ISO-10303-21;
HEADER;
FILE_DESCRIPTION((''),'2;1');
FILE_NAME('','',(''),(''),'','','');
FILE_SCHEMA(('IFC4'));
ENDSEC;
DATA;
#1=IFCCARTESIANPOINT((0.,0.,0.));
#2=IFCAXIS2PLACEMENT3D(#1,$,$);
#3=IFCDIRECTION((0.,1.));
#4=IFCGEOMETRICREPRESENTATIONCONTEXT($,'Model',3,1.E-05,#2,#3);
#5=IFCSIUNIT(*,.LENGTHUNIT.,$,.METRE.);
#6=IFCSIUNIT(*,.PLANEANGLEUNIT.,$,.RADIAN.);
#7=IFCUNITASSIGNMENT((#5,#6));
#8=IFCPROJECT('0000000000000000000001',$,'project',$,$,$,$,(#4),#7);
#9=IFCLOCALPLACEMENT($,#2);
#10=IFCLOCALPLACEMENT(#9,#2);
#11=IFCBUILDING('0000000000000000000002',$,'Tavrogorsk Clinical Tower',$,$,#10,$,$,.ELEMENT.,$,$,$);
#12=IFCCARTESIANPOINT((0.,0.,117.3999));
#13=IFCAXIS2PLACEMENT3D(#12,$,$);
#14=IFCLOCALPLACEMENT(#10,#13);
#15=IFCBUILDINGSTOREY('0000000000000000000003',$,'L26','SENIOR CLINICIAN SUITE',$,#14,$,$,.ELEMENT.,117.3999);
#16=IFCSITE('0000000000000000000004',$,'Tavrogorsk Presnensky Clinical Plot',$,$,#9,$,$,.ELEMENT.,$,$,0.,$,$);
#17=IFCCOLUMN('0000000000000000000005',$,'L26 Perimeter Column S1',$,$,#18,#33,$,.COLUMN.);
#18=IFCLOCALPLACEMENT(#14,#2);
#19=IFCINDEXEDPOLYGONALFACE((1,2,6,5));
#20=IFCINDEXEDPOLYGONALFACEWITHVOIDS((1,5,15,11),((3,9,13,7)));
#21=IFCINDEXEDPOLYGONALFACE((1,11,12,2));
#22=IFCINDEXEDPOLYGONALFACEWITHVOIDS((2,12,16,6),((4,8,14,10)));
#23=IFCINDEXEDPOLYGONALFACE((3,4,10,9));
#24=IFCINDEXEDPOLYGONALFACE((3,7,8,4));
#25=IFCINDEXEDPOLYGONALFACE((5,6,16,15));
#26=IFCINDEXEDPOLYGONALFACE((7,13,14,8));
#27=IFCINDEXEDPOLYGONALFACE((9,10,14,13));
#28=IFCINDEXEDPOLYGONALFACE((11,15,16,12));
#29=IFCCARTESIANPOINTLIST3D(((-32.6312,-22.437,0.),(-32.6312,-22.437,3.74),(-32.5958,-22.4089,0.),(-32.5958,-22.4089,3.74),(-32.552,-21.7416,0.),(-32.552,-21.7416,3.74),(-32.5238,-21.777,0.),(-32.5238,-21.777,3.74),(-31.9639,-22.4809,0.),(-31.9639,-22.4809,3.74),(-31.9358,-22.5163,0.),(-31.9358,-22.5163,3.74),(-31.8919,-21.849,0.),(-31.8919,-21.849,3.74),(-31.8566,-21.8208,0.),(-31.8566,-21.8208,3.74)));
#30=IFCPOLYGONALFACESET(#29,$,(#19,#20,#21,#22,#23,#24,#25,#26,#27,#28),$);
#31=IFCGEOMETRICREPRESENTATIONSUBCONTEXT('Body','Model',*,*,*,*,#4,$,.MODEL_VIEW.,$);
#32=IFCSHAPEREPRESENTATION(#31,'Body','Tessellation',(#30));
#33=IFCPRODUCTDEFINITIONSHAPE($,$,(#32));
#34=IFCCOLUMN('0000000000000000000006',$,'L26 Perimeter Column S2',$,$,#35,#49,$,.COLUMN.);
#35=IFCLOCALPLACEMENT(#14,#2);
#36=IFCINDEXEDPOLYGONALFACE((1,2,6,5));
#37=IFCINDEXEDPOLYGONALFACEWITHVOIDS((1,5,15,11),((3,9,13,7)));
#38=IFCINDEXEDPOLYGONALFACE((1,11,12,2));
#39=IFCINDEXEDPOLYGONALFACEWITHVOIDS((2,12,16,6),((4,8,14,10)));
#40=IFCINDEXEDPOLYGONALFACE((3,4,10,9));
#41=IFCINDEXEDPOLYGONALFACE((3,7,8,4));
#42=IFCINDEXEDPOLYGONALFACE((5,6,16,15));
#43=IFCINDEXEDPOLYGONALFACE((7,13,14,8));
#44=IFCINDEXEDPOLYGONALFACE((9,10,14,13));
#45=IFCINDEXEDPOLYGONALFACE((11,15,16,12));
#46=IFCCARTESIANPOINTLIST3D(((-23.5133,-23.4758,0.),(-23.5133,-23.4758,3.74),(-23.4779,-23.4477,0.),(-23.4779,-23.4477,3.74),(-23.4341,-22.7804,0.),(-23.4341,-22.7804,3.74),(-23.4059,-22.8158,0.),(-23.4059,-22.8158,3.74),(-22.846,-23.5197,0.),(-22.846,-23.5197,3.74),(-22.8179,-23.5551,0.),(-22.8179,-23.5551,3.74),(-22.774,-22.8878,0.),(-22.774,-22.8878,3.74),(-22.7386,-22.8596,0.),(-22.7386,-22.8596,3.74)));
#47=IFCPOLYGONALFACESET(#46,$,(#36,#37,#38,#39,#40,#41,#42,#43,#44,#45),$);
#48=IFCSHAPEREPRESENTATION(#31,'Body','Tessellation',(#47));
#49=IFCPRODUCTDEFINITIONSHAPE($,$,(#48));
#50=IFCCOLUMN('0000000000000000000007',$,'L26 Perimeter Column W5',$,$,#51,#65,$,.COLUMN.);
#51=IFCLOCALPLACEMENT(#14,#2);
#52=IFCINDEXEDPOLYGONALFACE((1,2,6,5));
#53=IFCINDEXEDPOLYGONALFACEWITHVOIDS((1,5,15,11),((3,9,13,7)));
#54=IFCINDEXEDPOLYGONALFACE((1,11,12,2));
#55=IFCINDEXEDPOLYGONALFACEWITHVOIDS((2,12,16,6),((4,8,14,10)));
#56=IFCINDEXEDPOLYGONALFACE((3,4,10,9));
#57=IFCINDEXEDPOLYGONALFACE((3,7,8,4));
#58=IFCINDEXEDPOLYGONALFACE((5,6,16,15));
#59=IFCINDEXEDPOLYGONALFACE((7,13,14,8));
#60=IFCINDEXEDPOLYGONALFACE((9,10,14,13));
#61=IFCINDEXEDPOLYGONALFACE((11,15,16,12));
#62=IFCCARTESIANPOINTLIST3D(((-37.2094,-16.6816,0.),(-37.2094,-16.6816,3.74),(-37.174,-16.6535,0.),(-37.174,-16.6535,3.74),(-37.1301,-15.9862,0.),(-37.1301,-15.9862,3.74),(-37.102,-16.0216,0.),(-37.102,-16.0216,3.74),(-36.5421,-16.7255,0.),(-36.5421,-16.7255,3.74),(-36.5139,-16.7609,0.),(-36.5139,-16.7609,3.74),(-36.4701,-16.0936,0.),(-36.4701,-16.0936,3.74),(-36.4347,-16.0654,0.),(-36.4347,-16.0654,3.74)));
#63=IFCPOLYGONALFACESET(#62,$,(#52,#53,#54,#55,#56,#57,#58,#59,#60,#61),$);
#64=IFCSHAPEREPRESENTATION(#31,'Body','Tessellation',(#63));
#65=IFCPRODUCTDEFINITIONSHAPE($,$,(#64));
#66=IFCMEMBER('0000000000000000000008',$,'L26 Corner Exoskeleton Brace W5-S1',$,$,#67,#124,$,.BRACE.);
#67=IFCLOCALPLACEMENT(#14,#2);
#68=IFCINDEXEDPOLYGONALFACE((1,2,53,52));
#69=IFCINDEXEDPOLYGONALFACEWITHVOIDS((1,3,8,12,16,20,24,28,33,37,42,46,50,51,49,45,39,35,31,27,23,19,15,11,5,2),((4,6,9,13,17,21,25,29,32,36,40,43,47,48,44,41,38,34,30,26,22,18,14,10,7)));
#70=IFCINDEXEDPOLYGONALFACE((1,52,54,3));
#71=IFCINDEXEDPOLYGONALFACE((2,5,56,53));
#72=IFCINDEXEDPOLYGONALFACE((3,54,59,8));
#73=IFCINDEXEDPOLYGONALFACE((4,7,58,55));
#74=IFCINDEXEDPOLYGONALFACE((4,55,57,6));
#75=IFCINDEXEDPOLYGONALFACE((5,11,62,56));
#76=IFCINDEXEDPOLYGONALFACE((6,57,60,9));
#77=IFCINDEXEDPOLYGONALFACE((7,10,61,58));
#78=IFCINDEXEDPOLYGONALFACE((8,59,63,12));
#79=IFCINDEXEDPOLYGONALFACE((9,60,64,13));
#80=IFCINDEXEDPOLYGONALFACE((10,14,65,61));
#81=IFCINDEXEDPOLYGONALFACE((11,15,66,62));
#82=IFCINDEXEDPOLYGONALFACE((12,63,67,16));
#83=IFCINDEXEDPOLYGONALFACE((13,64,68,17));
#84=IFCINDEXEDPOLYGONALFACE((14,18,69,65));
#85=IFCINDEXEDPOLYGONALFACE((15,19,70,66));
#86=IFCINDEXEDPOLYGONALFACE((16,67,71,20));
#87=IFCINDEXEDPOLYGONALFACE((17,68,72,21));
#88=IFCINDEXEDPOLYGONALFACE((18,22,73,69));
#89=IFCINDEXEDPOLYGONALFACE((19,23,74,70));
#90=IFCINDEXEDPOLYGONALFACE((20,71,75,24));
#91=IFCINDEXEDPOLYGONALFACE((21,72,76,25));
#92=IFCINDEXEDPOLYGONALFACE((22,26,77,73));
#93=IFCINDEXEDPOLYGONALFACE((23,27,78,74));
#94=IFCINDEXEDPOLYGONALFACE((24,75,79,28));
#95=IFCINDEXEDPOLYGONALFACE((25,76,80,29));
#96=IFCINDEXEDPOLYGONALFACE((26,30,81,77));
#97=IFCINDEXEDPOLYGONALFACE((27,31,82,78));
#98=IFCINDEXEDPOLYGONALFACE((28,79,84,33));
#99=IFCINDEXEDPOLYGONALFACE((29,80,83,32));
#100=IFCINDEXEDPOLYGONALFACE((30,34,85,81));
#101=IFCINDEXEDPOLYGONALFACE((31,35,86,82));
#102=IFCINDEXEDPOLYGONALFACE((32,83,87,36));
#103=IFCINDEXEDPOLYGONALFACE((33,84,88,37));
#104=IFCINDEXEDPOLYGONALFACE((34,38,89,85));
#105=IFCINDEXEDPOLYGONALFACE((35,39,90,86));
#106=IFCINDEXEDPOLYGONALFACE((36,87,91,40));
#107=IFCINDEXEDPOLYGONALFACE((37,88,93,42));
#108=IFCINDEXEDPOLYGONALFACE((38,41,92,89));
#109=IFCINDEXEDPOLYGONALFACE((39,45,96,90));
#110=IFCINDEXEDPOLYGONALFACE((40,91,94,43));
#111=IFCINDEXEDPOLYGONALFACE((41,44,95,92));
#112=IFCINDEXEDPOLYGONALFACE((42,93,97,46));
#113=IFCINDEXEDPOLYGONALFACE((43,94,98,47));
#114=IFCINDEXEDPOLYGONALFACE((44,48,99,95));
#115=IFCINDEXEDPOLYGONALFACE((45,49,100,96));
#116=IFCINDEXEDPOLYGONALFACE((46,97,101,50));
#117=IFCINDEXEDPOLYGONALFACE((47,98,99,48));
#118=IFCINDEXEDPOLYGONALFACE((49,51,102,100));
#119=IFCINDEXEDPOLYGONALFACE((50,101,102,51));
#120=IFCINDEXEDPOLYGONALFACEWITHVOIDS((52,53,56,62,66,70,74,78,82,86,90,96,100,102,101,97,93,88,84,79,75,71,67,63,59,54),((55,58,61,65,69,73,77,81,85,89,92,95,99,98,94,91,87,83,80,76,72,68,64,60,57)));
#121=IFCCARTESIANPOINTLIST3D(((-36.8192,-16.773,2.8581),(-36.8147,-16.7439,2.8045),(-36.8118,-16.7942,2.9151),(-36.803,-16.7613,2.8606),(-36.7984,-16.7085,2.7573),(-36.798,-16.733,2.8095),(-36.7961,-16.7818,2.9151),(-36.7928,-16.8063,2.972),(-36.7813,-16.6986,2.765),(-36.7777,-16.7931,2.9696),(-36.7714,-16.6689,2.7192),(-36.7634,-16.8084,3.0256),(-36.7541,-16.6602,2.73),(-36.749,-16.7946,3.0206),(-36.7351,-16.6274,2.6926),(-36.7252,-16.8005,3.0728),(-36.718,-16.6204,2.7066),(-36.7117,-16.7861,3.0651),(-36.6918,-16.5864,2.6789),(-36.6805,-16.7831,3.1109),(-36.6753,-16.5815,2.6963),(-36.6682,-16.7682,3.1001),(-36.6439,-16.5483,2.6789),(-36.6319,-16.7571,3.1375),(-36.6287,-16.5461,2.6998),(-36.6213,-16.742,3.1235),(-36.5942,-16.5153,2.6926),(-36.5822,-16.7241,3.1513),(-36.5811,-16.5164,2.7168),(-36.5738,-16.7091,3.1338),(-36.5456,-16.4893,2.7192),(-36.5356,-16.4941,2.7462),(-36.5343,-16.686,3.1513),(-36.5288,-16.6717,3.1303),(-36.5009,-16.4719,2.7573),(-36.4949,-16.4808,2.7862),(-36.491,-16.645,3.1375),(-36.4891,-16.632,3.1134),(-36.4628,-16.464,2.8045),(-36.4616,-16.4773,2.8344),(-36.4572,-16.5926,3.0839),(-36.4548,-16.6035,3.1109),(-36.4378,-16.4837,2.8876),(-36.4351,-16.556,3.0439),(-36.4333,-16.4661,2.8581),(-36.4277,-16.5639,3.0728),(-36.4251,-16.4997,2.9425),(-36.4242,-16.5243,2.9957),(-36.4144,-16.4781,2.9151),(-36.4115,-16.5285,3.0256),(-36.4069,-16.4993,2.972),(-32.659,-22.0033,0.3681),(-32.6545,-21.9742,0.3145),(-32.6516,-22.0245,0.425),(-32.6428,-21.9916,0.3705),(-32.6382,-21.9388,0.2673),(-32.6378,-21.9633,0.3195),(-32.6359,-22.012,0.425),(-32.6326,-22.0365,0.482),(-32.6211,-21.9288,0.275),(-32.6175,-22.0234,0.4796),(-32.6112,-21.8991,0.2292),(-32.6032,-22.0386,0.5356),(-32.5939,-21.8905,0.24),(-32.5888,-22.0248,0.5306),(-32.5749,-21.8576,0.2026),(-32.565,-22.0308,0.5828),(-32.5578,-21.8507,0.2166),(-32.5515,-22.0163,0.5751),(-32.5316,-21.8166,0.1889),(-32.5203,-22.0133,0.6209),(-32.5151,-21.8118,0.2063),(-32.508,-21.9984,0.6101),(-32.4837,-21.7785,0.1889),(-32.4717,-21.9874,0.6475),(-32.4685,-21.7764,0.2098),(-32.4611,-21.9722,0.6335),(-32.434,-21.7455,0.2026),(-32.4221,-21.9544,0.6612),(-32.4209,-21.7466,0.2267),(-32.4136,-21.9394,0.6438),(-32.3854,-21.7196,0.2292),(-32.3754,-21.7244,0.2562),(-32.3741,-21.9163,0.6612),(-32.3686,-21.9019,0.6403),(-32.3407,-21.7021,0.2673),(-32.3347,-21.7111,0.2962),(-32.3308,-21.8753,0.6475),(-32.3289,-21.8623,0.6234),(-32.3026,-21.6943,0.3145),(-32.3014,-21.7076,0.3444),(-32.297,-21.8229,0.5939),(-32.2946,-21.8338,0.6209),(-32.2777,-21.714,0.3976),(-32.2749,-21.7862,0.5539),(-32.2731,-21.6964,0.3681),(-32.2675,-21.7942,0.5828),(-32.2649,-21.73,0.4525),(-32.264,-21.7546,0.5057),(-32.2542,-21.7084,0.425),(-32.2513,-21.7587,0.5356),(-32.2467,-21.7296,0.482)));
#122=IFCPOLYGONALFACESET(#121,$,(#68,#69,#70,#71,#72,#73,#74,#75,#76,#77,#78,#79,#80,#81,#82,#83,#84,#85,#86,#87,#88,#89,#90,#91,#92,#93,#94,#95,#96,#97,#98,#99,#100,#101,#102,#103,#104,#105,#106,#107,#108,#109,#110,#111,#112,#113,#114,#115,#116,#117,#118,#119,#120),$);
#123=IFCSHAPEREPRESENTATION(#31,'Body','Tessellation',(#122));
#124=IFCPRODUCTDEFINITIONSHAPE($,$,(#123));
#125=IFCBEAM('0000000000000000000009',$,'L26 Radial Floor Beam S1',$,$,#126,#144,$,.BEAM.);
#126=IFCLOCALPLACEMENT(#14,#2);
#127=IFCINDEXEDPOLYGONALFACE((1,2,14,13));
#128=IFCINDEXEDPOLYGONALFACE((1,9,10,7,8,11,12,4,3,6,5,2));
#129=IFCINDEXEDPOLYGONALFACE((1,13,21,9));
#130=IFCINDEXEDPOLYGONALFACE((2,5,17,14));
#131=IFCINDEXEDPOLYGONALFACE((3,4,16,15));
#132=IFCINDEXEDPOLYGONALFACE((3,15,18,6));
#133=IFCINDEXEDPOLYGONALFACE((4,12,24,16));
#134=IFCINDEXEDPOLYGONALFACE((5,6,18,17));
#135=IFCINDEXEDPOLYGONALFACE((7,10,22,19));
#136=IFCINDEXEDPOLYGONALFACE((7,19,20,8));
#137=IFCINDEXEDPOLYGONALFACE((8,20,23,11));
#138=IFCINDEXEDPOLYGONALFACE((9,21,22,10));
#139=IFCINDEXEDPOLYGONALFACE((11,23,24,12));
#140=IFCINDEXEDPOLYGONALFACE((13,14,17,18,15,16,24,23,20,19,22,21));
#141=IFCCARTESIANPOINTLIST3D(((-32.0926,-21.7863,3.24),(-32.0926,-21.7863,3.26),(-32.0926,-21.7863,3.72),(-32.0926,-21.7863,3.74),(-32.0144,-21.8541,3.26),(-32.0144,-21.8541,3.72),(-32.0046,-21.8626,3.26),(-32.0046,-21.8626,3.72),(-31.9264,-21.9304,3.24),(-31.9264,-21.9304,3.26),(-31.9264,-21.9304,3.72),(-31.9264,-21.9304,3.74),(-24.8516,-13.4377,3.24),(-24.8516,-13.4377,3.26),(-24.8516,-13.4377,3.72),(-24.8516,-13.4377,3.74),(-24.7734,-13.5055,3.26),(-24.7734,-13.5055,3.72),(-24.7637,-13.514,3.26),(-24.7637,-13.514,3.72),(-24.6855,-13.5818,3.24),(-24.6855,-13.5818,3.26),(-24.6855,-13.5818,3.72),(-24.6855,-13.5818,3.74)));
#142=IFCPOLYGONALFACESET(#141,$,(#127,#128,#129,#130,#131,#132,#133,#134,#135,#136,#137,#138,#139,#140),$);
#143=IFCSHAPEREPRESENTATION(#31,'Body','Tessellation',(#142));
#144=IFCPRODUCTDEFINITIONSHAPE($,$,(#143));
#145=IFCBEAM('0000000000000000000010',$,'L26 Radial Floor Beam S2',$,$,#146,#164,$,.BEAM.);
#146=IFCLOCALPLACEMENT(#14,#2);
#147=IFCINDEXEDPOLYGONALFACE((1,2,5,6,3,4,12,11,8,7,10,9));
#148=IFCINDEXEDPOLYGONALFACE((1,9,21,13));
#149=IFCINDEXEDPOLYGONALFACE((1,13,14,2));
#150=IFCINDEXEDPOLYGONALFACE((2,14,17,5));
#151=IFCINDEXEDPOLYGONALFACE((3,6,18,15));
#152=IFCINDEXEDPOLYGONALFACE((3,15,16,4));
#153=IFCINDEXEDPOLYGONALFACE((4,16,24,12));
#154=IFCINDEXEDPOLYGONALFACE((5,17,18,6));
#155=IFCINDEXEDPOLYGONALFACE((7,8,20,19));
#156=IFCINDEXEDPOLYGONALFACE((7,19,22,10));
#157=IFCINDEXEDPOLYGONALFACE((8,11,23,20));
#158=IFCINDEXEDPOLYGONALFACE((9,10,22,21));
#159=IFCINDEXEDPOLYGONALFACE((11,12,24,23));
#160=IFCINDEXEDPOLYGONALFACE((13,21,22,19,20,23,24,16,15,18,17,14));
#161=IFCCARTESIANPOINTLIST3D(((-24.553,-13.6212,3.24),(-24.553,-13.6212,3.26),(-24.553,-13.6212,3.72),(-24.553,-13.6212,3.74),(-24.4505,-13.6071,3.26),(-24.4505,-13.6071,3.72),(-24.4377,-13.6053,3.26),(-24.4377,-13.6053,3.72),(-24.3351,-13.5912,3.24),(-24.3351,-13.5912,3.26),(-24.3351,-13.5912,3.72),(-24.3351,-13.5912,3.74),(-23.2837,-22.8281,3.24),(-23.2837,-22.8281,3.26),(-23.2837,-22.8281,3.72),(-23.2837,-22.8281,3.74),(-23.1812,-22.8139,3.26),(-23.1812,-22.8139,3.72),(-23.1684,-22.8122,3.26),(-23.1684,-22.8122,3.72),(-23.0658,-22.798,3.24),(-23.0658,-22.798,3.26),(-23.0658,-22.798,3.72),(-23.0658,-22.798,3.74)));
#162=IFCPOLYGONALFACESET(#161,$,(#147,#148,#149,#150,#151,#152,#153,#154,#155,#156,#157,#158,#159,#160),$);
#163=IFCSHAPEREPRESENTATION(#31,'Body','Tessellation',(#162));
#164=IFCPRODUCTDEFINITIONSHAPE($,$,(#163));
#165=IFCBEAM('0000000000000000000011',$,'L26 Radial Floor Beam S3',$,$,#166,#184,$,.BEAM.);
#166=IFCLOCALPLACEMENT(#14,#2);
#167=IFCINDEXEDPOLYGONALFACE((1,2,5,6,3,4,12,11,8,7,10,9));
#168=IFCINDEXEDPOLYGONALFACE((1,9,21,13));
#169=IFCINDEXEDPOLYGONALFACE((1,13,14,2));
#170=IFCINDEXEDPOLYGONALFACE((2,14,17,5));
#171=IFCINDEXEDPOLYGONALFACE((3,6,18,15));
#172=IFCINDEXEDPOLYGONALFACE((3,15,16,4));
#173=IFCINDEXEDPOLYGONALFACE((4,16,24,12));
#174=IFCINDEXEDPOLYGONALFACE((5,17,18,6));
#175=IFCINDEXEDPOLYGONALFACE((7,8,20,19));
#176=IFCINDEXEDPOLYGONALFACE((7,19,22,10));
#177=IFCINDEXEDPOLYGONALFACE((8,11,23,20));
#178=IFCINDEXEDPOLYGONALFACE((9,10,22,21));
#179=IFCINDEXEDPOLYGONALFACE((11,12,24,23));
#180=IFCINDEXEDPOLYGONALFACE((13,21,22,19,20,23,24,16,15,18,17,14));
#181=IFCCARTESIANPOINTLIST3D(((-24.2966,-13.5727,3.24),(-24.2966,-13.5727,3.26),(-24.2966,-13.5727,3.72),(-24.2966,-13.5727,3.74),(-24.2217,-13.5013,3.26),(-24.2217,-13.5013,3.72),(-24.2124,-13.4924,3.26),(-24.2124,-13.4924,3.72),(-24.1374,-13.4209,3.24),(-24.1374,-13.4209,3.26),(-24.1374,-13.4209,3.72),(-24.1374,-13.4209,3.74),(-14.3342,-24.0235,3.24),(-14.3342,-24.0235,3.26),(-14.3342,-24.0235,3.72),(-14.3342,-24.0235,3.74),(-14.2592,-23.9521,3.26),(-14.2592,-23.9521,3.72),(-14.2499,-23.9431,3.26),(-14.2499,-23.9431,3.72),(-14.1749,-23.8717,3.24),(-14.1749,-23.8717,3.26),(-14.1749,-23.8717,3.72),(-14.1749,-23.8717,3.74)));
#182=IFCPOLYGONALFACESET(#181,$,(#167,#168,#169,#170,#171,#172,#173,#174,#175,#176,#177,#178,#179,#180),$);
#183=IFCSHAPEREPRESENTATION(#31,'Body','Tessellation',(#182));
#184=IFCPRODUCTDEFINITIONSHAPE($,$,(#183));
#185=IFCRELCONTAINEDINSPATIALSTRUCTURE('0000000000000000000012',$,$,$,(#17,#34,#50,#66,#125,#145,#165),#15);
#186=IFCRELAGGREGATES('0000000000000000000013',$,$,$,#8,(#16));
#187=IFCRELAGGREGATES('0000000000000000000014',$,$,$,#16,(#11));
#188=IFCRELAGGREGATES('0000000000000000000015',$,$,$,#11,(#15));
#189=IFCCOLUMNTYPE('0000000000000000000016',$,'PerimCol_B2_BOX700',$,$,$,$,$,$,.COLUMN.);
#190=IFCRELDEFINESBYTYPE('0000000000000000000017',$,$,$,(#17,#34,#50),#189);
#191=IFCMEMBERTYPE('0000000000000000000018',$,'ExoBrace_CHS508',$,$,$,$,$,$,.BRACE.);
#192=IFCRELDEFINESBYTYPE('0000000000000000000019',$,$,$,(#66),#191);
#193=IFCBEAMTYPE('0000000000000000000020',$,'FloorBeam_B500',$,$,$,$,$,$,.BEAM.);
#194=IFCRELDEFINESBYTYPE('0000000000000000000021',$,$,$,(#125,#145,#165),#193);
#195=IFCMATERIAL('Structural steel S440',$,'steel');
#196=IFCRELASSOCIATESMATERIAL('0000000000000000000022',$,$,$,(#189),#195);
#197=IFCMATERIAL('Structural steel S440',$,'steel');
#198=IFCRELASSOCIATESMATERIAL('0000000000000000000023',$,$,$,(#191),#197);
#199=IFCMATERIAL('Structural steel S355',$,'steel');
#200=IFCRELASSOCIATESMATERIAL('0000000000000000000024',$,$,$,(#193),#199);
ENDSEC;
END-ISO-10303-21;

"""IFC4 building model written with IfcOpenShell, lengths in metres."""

from ifc_helpers import new_model, si_unit, direction, frame, origin, origin_2d, place, context, subcontext, project, spatial, hollow_rectangle, hollow_circle, i_section, extrude, material, material_profile, profile_set, type_object, element, save


model = new_model("IFC4")

# Units and contexts
model_context = context("Model", 3, precision=1e-05, world=origin(), true_north=direction((0.0, 1.0)))
body_context = subcontext(model_context, "Body", "Model", "MODEL_VIEW")
ifc_project = project(units=[si_unit("LENGTHUNIT", "METRE"), si_unit("PLANEANGLEUNIT", "RADIAN")], contexts=[model_context])

# Site, building, storey
site_placement = place(None, origin())
site = spatial("IfcSite", under=ifc_project, at=site_placement, Name="Tavrogorsk Presnensky Clinical Plot", CompositionType="ELEMENT", RefElevation=0.0)
building_placement = place(site_placement, origin())
building = spatial("IfcBuilding", under=site, at=building_placement, Name="Tavrogorsk Clinical Tower", CompositionType="ELEMENT")
storey_placement = place(building_placement, frame((0.0, 0.0, 117.3999)))
storey = spatial("IfcBuildingStorey", under=building, at=storey_placement, Name="L26", Description="SENIOR CLINICIAN SUITE", CompositionType="ELEMENT", Elevation=117.3999)

# Columns
ifc_material_1 = material(Name="Structural steel S440", Category="steel")
ifc_material_profile_1 = material_profile(ifc_material_1, hollow_rectangle(XDim=0.7, YDim=0.7, WallThickness=0.032, at=origin_2d()), Name="BOX-700x700x32")
ifc_profile_set_1 = profile_set([ifc_material_profile_1], Name="Structural steel S440")
column_type = type_object("IfcColumnType", Name="PerimCol_B2_BOX700", PredefinedType="COLUMN", material=ifc_profile_set_1)
for number, where, z_axis, x_axis, name in (
    (1, (-32.2439, -22.1289, 0.0), (0.0, 0.0, 1.0), (0.993572, -0.113203, 0.0), "L26 Perimeter Column S1"),
    (2, (-23.126, -23.1677, 0.0), (0.0, 0.0, 1.0), (0.993572, -0.113203, 0.0), "L26 Perimeter Column S2"),
    (3, (-36.822, -16.3735, 0.0), (0.0, 0.0, 1.0), (0.993572, -0.113203, 0.0), "L26 Perimeter Column W5"),
):
    element("IfcColumn", number, at=place(storey_placement, frame(where, z_axis=z_axis, x_axis=x_axis)), inside=storey, type_object=column_type, Name=name, PredefinedType="COLUMN", context=body_context, shape_type="SweptSolid", body=[
        extrude(hollow_rectangle(XDim=0.7, YDim=0.7, WallThickness=0.032, at=origin_2d()), origin(), (0.0, 0.0, 1.0), 3.74),
    ])

# Member
ifc_material_2 = material(Name="Structural steel S440", Category="steel")
ifc_material_profile_2 = material_profile(ifc_material_2, hollow_circle(Radius=0.2539, WallThickness=0.02, at=origin_2d()), Name="CHS-508x20")
ifc_profile_set_2 = profile_set([ifc_material_profile_2], Name="Structural steel S440")
member_type_1 = type_object("IfcMemberType", Name="ExoBrace_CHS508", PredefinedType="BRACE", material=ifc_profile_set_2)
member_1_placement = place(storey_placement, frame((-32.4529, -21.8665, 0.425), z_axis=(-0.583327, 0.733369, 0.34914), x_axis=(-0.782619, -0.622501, 0.0)))
element("IfcMember", 4, at=member_1_placement, inside=storey, type_object=member_type_1, Name="L26 Corner Exoskeleton Brace W5-S1", PredefinedType="BRACE", context=body_context, shape_type="SweptSolid", body=[
    extrude(hollow_circle(Radius=0.2539, WallThickness=0.02, at=origin_2d()), origin(), (0.0, 0.0, 1.0), 7.1318),
])

# Beams
ifc_material_3 = material(Name="Structural steel S355", Category="steel")
ifc_material_profile_3 = material_profile(ifc_material_3, i_section(OverallWidth=0.22, OverallDepth=0.5, WebThickness=0.0129, FlangeThickness=0.02, at=origin_2d()), Name="B-500x220x13x20")
ifc_profile_set_3 = profile_set([ifc_material_profile_3], Name="Structural steel S355")
beam_type_1 = type_object("IfcBeamType", Name="FloorBeam_B500", PredefinedType="BEAM", material=ifc_profile_set_3)
beam_1_placement = place(storey_placement, frame((-24.7686, -13.5098, 3.49), z_axis=(-0.655214, -0.755443, 0.0), x_axis=(0.755443, -0.655214, 0.0)))
element("IfcBeam", 5, at=beam_1_placement, inside=storey, type_object=beam_type_1, Name="L26 Radial Floor Beam S1", PredefinedType="BEAM", context=body_context, shape_type="SweptSolid", body=[
    extrude(i_section(OverallWidth=0.22, OverallDepth=0.5, WebThickness=0.0129, FlangeThickness=0.02, at=origin_2d()), origin(), (0.0, 0.0, 1.0), 11.0513),
])
beam_2_placement = place(storey_placement, frame((-24.4441, -13.6062, 3.49), z_axis=(0.136573, -0.99063, 0.0), x_axis=(0.99063, 0.136573, 0.0)))
element("IfcBeam", 6, at=beam_2_placement, inside=storey, type_object=beam_type_1, Name="L26 Radial Floor Beam S2", PredefinedType="BEAM", context=body_context, shape_type="SweptSolid", body=[
    extrude(i_section(OverallWidth=0.22, OverallDepth=0.5, WebThickness=0.0129, FlangeThickness=0.02, at=origin_2d()), origin(), (0.0, 0.0, 1.0), 9.2939),
])
beam_3_placement = place(storey_placement, frame((-24.217, -13.4968, 3.49), z_axis=(0.689995, -0.723814, 0.0), x_axis=(0.723814, 0.689995, 0.0)))
element("IfcBeam", 7, at=beam_3_placement, inside=storey, type_object=beam_type_1, Name="L26 Radial Floor Beam S3", PredefinedType="BEAM", context=body_context, shape_type="SweptSolid", body=[
    extrude(i_section(OverallWidth=0.22, OverallDepth=0.5, WebThickness=0.0129, FlangeThickness=0.02, at=origin_2d()), origin(), (0.0, 0.0, 1.0), 14.4385),
])

save(model, "model.ifc")
